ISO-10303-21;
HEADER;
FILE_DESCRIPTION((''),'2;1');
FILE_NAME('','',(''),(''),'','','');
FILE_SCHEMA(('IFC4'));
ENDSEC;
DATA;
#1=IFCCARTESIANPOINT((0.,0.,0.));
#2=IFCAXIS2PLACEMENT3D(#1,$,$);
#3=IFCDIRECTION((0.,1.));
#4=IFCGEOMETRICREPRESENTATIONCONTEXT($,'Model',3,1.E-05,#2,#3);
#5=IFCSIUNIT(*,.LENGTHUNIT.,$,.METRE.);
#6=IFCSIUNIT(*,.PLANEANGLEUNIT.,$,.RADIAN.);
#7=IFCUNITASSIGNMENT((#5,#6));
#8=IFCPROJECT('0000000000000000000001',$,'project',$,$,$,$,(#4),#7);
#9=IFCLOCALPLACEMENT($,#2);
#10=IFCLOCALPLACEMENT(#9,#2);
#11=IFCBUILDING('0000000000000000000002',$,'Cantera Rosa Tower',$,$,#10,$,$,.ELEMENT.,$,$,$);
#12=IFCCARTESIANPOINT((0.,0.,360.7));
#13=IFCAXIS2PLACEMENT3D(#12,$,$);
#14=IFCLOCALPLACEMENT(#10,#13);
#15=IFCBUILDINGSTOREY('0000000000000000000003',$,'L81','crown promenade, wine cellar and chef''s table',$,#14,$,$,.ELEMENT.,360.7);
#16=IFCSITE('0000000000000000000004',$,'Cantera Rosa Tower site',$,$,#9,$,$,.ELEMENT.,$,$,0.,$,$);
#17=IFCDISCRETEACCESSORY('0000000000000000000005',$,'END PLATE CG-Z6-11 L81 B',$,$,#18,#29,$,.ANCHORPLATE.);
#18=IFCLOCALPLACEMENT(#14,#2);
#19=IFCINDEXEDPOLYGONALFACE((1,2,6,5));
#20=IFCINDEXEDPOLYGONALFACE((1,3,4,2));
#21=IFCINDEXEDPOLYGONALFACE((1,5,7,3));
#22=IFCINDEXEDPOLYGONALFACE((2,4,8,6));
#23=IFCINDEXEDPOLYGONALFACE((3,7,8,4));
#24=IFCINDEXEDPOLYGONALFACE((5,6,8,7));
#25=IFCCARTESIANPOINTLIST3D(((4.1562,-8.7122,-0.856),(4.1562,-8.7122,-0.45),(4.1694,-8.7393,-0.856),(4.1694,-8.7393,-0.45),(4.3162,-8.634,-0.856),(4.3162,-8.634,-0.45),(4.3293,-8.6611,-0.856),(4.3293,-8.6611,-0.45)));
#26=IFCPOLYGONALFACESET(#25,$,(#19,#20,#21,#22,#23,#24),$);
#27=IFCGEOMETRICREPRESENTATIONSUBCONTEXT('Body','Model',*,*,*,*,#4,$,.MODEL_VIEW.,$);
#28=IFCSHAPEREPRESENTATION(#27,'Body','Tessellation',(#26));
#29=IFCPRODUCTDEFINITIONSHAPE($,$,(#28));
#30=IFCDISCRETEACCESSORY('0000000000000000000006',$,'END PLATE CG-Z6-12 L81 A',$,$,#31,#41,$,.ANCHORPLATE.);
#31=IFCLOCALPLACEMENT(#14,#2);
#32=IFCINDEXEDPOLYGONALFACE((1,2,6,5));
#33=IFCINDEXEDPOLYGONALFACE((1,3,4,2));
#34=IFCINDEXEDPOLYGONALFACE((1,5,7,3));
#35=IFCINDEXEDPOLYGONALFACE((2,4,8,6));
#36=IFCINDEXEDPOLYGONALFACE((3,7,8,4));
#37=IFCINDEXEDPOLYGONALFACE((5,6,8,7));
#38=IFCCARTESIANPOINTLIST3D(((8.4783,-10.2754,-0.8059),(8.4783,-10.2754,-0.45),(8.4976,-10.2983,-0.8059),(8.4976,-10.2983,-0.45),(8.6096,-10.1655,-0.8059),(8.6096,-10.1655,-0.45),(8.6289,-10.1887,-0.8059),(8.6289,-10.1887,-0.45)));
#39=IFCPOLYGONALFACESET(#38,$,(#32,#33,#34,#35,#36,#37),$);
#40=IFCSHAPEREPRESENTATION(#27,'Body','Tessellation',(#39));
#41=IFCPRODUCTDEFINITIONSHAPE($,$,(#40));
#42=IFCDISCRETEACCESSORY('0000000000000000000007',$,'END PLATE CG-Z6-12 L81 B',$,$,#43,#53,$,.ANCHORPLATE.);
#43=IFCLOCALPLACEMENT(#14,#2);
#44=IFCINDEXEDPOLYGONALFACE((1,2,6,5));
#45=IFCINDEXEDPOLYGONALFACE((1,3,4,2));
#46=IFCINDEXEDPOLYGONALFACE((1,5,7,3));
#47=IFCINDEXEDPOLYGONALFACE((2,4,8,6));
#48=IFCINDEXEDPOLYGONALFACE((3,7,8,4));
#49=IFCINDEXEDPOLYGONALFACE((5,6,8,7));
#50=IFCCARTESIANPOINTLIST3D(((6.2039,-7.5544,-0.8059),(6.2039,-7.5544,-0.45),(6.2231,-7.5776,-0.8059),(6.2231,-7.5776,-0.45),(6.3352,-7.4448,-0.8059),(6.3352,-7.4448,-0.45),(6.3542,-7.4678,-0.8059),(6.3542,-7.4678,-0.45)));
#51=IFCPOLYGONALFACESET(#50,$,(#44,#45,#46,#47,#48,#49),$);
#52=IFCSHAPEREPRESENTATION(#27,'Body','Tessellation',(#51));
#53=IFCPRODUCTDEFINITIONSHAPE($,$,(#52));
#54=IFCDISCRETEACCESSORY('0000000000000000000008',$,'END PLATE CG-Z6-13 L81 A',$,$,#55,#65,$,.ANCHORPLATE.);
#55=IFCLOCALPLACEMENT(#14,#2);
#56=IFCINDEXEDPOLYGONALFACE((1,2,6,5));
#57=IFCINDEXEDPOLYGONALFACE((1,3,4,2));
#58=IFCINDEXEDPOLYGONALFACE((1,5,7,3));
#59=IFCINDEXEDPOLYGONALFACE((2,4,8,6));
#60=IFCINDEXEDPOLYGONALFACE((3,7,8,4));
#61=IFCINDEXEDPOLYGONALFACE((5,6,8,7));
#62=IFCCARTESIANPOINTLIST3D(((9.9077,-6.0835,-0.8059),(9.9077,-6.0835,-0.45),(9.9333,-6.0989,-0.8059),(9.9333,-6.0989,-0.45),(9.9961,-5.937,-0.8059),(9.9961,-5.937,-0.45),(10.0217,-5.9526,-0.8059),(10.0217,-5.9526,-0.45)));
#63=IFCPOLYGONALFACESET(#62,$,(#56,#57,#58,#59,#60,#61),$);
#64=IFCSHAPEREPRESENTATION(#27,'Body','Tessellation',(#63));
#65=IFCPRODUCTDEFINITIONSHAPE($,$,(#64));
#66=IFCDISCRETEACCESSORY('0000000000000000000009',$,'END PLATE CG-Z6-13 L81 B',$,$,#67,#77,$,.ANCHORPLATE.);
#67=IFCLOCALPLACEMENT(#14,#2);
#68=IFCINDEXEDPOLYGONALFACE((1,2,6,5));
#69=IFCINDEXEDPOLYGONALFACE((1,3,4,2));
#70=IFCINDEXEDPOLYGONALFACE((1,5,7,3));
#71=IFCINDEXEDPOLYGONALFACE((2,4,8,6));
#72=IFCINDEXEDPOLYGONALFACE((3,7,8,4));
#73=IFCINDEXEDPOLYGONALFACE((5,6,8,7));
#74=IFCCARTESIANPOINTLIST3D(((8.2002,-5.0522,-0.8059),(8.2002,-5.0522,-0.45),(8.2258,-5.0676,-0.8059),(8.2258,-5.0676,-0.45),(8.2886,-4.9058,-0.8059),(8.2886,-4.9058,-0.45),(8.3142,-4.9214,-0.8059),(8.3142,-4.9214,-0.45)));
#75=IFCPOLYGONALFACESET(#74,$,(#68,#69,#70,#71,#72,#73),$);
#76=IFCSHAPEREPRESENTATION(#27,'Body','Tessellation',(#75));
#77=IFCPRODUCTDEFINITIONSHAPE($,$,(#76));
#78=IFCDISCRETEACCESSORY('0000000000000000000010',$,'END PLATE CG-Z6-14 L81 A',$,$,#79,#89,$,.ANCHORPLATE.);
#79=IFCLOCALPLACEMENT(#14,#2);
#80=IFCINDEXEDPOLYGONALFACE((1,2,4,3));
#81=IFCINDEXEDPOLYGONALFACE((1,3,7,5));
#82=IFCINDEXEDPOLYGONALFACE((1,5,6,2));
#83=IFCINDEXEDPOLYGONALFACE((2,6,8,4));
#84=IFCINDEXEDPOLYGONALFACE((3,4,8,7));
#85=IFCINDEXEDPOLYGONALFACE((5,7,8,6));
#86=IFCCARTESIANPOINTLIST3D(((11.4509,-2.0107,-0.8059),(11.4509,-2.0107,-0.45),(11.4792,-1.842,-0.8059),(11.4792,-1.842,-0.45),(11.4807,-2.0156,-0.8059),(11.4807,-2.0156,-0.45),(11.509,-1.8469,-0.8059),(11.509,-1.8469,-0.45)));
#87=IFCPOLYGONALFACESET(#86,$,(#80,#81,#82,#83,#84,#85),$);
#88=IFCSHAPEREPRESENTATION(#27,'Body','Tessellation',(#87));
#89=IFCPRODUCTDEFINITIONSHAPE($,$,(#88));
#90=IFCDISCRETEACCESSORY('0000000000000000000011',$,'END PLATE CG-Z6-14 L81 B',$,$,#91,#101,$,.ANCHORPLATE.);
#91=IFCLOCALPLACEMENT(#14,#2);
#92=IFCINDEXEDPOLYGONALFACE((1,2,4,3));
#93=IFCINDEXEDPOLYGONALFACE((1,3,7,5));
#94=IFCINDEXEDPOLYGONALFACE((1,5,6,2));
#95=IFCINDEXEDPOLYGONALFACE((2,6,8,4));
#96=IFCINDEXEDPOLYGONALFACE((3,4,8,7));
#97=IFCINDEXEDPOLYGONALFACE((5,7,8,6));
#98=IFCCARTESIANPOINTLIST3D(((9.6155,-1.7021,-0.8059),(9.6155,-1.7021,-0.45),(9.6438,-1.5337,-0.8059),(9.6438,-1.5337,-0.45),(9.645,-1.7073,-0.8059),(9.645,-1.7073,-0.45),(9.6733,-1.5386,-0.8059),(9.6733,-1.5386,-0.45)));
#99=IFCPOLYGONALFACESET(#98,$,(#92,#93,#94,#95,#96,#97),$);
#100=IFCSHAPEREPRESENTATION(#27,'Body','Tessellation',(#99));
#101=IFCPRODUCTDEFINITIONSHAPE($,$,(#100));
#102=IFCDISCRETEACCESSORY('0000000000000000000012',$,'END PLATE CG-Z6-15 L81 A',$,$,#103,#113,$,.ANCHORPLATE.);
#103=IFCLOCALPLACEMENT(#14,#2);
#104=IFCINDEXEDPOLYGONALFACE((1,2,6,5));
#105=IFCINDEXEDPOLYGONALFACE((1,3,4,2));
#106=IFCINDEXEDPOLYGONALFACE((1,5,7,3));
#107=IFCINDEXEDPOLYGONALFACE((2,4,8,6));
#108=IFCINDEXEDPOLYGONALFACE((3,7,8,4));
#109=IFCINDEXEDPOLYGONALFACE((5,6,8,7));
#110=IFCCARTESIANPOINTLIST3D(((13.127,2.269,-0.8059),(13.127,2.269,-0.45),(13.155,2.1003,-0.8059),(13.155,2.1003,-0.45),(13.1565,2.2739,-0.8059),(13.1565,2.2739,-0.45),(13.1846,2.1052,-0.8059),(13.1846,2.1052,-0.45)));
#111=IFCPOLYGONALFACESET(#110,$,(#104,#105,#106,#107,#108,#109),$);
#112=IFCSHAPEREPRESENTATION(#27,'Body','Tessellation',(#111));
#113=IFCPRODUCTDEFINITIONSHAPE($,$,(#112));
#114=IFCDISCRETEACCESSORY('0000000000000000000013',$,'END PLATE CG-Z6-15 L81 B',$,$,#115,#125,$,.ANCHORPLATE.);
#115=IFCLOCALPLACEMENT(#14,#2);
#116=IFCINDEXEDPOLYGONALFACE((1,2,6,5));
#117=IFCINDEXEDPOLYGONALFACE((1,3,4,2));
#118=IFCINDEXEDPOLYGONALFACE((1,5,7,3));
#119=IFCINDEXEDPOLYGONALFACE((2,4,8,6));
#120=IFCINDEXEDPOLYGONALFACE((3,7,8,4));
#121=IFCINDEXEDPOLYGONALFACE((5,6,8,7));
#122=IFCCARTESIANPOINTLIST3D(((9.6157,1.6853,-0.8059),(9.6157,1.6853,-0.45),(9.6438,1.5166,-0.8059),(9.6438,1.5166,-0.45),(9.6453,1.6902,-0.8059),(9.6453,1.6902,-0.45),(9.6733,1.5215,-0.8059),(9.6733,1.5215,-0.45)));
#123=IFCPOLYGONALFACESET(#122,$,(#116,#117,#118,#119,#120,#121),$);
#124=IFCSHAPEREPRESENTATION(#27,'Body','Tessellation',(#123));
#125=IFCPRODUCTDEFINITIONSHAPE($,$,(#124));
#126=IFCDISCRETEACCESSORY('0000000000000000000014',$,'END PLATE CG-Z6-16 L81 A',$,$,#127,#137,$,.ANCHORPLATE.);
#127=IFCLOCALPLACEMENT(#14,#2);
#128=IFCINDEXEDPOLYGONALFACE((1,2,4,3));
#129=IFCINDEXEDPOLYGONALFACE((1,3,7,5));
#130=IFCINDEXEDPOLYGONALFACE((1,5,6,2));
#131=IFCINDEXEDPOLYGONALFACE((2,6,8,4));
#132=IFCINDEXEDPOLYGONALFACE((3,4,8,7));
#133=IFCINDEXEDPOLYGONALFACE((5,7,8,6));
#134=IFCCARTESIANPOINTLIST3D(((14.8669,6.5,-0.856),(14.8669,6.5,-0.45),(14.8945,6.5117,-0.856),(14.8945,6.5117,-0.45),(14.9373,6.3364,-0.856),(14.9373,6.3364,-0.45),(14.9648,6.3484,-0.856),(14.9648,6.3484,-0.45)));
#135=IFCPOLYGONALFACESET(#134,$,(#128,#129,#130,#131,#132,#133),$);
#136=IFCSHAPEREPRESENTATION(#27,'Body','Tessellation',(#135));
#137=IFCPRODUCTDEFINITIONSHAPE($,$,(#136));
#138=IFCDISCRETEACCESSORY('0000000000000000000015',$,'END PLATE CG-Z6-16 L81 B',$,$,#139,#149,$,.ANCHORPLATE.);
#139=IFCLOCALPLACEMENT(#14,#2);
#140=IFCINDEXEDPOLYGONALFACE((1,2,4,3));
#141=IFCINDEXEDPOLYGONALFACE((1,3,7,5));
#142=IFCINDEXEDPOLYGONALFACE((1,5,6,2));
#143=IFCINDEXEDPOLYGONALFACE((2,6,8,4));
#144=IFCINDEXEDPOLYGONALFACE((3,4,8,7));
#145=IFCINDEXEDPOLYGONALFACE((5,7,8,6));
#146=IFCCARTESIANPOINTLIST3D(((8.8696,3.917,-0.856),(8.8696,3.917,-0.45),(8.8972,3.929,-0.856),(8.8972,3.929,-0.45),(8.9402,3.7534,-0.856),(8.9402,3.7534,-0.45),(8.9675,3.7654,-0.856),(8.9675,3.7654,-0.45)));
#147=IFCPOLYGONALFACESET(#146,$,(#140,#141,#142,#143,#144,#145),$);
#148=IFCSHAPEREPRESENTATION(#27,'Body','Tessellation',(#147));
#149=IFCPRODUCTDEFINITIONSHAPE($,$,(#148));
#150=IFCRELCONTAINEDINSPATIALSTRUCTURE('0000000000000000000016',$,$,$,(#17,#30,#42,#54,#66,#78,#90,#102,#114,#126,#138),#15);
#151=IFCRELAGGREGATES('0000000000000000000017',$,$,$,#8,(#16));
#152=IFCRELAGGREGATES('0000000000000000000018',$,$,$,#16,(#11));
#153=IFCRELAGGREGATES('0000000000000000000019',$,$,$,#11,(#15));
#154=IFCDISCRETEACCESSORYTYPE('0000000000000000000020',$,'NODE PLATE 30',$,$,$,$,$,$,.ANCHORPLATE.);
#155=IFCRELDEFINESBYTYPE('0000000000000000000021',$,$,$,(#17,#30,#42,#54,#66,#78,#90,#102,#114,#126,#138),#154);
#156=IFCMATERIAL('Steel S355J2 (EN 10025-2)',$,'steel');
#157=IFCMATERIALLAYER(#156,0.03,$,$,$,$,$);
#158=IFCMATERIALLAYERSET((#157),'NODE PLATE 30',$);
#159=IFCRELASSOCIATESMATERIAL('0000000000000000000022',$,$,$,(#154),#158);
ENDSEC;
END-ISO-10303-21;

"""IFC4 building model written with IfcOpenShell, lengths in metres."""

from ifc_helpers import new_model, si_unit, direction, frame, origin, place, context, subcontext, project, spatial, polyline, outline, extrude, material, layer, layer_set, type_object, element, save


model = new_model("IFC4")

# Units and contexts
model_context = context("Model", 3, precision=1e-05, world=origin(), true_north=direction((0.0, 1.0)))
body_context = subcontext(model_context, "Body", "Model", "MODEL_VIEW")
ifc_project = project(units=[si_unit("LENGTHUNIT", "METRE"), si_unit("PLANEANGLEUNIT", "RADIAN")], contexts=[model_context])

# Site, building, storey
site_placement = place(None, origin())
site = spatial("IfcSite", under=ifc_project, at=site_placement, Name="Cantera Rosa Tower site", CompositionType="ELEMENT", RefElevation=0.0)
building_placement = place(site_placement, origin())
building = spatial("IfcBuilding", under=site, at=building_placement, Name="Cantera Rosa Tower", CompositionType="ELEMENT")
storey_placement = place(building_placement, frame((0.0, 0.0, 360.7)))
storey = spatial("IfcBuildingStorey", under=building, at=storey_placement, Name="L81", Description="crown promenade, wine cellar and chef's table", CompositionType="ELEMENT", Elevation=360.7)

# Discrete accessories
ifc_material_1 = material(Name="Steel S355J2 (EN 10025-2)", Category="steel")
ifc_layer_1 = layer(ifc_material_1, 0.03)
ifc_layer_set_1 = layer_set([ifc_layer_1], Name="NODE PLATE 30")
discrete_accessory_type = type_object("IfcDiscreteAccessoryType", Name="NODE PLATE 30", PredefinedType="ANCHORPLATE", material=ifc_layer_set_1)
discrete_accessory_1_placement = place(storey_placement, frame((0.0, 0.0, -0.856)))
element("IfcDiscreteAccessory", 1, at=discrete_accessory_1_placement, inside=storey, type_object=discrete_accessory_type, Name="END PLATE CG-Z6-11 L81 B", PredefinedType="ANCHORPLATE", context=body_context, shape_type="SweptSolid", body=[
    extrude(outline(polyline([(4.1694, -8.7393), (4.1562, -8.7122), (4.3162, -8.634), (4.3293, -8.6611), (4.1694, -8.7393)])), origin(), (0.0, 0.0, 1.0), 0.406),
])
discrete_accessory_2_placement = place(storey_placement, frame((0.0, 0.0, -0.8059)))
element("IfcDiscreteAccessory", 2, at=discrete_accessory_2_placement, inside=storey, type_object=discrete_accessory_type, Name="END PLATE CG-Z6-12 L81 A", PredefinedType="ANCHORPLATE", context=body_context, shape_type="SweptSolid", body=[
    extrude(outline(polyline([(8.6096, -10.1655), (8.6289, -10.1887), (8.4976, -10.2983), (8.4783, -10.2754), (8.6096, -10.1655)])), origin(), (0.0, 0.0, 1.0), 0.356),
])
discrete_accessory_3_placement = place(storey_placement, frame((0.0, 0.0, -0.8059)))
element("IfcDiscreteAccessory", 3, at=discrete_accessory_3_placement, inside=storey, type_object=discrete_accessory_type, Name="END PLATE CG-Z6-12 L81 B", PredefinedType="ANCHORPLATE", context=body_context, shape_type="SweptSolid", body=[
    extrude(outline(polyline([(6.2231, -7.5776), (6.2039, -7.5544), (6.3352, -7.4448), (6.3542, -7.4678), (6.2231, -7.5776)])), origin(), (0.0, 0.0, 1.0), 0.356),
])
discrete_accessory_4_placement = place(storey_placement, frame((0.0, 0.0, -0.8059)))
element("IfcDiscreteAccessory", 4, at=discrete_accessory_4_placement, inside=storey, type_object=discrete_accessory_type, Name="END PLATE CG-Z6-13 L81 A", PredefinedType="ANCHORPLATE", context=body_context, shape_type="SweptSolid", body=[
    extrude(outline(polyline([(9.9961, -5.937), (10.0217, -5.9526), (9.9333, -6.0989), (9.9077, -6.0835), (9.9961, -5.937)])), origin(), (0.0, 0.0, 1.0), 0.356),
])
discrete_accessory_5_placement = place(storey_placement, frame((0.0, 0.0, -0.8059)))
element("IfcDiscreteAccessory", 5, at=discrete_accessory_5_placement, inside=storey, type_object=discrete_accessory_type, Name="END PLATE CG-Z6-13 L81 B", PredefinedType="ANCHORPLATE", context=body_context, shape_type="SweptSolid", body=[
    extrude(outline(polyline([(8.2258, -5.0676), (8.2002, -5.0522), (8.2886, -4.9058), (8.3142, -4.9214), (8.2258, -5.0676)])), origin(), (0.0, 0.0, 1.0), 0.356),
])
discrete_accessory_6_placement = place(storey_placement, frame((0.0, 0.0, -0.8059)))
element("IfcDiscreteAccessory", 6, at=discrete_accessory_6_placement, inside=storey, type_object=discrete_accessory_type, Name="END PLATE CG-Z6-14 L81 A", PredefinedType="ANCHORPLATE", context=body_context, shape_type="SweptSolid", body=[
    extrude(outline(polyline([(11.4792, -1.842), (11.509, -1.8469), (11.4807, -2.0156), (11.4509, -2.0107), (11.4792, -1.842)])), origin(), (0.0, 0.0, 1.0), 0.356),
])
discrete_accessory_7_placement = place(storey_placement, frame((0.0, 0.0, -0.8059)))
element("IfcDiscreteAccessory", 7, at=discrete_accessory_7_placement, inside=storey, type_object=discrete_accessory_type, Name="END PLATE CG-Z6-14 L81 B", PredefinedType="ANCHORPLATE", context=body_context, shape_type="SweptSolid", body=[
    extrude(outline(polyline([(9.645, -1.7073), (9.6155, -1.7021), (9.6438, -1.5337), (9.6733, -1.5386), (9.645, -1.7073)])), origin(), (0.0, 0.0, 1.0), 0.356),
])
discrete_accessory_8_placement = place(storey_placement, frame((0.0, 0.0, -0.8059)))
element("IfcDiscreteAccessory", 8, at=discrete_accessory_8_placement, inside=storey, type_object=discrete_accessory_type, Name="END PLATE CG-Z6-15 L81 A", PredefinedType="ANCHORPLATE", context=body_context, shape_type="SweptSolid", body=[
    extrude(outline(polyline([(13.127, 2.269), (13.1565, 2.2739), (13.1846, 2.1052), (13.155, 2.1003), (13.127, 2.269)])), origin(), (0.0, 0.0, 1.0), 0.356),
])
discrete_accessory_9_placement = place(storey_placement, frame((0.0, 0.0, -0.8059)))
element("IfcDiscreteAccessory", 9, at=discrete_accessory_9_placement, inside=storey, type_object=discrete_accessory_type, Name="END PLATE CG-Z6-15 L81 B", PredefinedType="ANCHORPLATE", context=body_context, shape_type="SweptSolid", body=[
    extrude(outline(polyline([(9.6733, 1.5215), (9.6438, 1.5166), (9.6157, 1.6853), (9.6453, 1.6902), (9.6733, 1.5215)])), origin(), (0.0, 0.0, 1.0), 0.356),
])
discrete_accessory_10_placement = place(storey_placement, frame((0.0, 0.0, -0.856)))
element("IfcDiscreteAccessory", 10, at=discrete_accessory_10_placement, inside=storey, type_object=discrete_accessory_type, Name="END PLATE CG-Z6-16 L81 A", PredefinedType="ANCHORPLATE", context=body_context, shape_type="SweptSolid", body=[
    extrude(outline(polyline([(14.8669, 6.5), (14.8945, 6.5117), (14.9648, 6.3484), (14.9373, 6.3364), (14.8669, 6.5)])), origin(), (0.0, 0.0, 1.0), 0.406),
])
discrete_accessory_11_placement = place(storey_placement, frame((0.0, 0.0, -0.856)))
element("IfcDiscreteAccessory", 11, at=discrete_accessory_11_placement, inside=storey, type_object=discrete_accessory_type, Name="END PLATE CG-Z6-16 L81 B", PredefinedType="ANCHORPLATE", context=body_context, shape_type="SweptSolid", body=[
    extrude(outline(polyline([(8.9675, 3.7654), (8.9402, 3.7534), (8.8696, 3.917), (8.8972, 3.929), (8.9675, 3.7654)])), origin(), (0.0, 0.0, 1.0), 0.406),
])

save(model, "model.ifc")
